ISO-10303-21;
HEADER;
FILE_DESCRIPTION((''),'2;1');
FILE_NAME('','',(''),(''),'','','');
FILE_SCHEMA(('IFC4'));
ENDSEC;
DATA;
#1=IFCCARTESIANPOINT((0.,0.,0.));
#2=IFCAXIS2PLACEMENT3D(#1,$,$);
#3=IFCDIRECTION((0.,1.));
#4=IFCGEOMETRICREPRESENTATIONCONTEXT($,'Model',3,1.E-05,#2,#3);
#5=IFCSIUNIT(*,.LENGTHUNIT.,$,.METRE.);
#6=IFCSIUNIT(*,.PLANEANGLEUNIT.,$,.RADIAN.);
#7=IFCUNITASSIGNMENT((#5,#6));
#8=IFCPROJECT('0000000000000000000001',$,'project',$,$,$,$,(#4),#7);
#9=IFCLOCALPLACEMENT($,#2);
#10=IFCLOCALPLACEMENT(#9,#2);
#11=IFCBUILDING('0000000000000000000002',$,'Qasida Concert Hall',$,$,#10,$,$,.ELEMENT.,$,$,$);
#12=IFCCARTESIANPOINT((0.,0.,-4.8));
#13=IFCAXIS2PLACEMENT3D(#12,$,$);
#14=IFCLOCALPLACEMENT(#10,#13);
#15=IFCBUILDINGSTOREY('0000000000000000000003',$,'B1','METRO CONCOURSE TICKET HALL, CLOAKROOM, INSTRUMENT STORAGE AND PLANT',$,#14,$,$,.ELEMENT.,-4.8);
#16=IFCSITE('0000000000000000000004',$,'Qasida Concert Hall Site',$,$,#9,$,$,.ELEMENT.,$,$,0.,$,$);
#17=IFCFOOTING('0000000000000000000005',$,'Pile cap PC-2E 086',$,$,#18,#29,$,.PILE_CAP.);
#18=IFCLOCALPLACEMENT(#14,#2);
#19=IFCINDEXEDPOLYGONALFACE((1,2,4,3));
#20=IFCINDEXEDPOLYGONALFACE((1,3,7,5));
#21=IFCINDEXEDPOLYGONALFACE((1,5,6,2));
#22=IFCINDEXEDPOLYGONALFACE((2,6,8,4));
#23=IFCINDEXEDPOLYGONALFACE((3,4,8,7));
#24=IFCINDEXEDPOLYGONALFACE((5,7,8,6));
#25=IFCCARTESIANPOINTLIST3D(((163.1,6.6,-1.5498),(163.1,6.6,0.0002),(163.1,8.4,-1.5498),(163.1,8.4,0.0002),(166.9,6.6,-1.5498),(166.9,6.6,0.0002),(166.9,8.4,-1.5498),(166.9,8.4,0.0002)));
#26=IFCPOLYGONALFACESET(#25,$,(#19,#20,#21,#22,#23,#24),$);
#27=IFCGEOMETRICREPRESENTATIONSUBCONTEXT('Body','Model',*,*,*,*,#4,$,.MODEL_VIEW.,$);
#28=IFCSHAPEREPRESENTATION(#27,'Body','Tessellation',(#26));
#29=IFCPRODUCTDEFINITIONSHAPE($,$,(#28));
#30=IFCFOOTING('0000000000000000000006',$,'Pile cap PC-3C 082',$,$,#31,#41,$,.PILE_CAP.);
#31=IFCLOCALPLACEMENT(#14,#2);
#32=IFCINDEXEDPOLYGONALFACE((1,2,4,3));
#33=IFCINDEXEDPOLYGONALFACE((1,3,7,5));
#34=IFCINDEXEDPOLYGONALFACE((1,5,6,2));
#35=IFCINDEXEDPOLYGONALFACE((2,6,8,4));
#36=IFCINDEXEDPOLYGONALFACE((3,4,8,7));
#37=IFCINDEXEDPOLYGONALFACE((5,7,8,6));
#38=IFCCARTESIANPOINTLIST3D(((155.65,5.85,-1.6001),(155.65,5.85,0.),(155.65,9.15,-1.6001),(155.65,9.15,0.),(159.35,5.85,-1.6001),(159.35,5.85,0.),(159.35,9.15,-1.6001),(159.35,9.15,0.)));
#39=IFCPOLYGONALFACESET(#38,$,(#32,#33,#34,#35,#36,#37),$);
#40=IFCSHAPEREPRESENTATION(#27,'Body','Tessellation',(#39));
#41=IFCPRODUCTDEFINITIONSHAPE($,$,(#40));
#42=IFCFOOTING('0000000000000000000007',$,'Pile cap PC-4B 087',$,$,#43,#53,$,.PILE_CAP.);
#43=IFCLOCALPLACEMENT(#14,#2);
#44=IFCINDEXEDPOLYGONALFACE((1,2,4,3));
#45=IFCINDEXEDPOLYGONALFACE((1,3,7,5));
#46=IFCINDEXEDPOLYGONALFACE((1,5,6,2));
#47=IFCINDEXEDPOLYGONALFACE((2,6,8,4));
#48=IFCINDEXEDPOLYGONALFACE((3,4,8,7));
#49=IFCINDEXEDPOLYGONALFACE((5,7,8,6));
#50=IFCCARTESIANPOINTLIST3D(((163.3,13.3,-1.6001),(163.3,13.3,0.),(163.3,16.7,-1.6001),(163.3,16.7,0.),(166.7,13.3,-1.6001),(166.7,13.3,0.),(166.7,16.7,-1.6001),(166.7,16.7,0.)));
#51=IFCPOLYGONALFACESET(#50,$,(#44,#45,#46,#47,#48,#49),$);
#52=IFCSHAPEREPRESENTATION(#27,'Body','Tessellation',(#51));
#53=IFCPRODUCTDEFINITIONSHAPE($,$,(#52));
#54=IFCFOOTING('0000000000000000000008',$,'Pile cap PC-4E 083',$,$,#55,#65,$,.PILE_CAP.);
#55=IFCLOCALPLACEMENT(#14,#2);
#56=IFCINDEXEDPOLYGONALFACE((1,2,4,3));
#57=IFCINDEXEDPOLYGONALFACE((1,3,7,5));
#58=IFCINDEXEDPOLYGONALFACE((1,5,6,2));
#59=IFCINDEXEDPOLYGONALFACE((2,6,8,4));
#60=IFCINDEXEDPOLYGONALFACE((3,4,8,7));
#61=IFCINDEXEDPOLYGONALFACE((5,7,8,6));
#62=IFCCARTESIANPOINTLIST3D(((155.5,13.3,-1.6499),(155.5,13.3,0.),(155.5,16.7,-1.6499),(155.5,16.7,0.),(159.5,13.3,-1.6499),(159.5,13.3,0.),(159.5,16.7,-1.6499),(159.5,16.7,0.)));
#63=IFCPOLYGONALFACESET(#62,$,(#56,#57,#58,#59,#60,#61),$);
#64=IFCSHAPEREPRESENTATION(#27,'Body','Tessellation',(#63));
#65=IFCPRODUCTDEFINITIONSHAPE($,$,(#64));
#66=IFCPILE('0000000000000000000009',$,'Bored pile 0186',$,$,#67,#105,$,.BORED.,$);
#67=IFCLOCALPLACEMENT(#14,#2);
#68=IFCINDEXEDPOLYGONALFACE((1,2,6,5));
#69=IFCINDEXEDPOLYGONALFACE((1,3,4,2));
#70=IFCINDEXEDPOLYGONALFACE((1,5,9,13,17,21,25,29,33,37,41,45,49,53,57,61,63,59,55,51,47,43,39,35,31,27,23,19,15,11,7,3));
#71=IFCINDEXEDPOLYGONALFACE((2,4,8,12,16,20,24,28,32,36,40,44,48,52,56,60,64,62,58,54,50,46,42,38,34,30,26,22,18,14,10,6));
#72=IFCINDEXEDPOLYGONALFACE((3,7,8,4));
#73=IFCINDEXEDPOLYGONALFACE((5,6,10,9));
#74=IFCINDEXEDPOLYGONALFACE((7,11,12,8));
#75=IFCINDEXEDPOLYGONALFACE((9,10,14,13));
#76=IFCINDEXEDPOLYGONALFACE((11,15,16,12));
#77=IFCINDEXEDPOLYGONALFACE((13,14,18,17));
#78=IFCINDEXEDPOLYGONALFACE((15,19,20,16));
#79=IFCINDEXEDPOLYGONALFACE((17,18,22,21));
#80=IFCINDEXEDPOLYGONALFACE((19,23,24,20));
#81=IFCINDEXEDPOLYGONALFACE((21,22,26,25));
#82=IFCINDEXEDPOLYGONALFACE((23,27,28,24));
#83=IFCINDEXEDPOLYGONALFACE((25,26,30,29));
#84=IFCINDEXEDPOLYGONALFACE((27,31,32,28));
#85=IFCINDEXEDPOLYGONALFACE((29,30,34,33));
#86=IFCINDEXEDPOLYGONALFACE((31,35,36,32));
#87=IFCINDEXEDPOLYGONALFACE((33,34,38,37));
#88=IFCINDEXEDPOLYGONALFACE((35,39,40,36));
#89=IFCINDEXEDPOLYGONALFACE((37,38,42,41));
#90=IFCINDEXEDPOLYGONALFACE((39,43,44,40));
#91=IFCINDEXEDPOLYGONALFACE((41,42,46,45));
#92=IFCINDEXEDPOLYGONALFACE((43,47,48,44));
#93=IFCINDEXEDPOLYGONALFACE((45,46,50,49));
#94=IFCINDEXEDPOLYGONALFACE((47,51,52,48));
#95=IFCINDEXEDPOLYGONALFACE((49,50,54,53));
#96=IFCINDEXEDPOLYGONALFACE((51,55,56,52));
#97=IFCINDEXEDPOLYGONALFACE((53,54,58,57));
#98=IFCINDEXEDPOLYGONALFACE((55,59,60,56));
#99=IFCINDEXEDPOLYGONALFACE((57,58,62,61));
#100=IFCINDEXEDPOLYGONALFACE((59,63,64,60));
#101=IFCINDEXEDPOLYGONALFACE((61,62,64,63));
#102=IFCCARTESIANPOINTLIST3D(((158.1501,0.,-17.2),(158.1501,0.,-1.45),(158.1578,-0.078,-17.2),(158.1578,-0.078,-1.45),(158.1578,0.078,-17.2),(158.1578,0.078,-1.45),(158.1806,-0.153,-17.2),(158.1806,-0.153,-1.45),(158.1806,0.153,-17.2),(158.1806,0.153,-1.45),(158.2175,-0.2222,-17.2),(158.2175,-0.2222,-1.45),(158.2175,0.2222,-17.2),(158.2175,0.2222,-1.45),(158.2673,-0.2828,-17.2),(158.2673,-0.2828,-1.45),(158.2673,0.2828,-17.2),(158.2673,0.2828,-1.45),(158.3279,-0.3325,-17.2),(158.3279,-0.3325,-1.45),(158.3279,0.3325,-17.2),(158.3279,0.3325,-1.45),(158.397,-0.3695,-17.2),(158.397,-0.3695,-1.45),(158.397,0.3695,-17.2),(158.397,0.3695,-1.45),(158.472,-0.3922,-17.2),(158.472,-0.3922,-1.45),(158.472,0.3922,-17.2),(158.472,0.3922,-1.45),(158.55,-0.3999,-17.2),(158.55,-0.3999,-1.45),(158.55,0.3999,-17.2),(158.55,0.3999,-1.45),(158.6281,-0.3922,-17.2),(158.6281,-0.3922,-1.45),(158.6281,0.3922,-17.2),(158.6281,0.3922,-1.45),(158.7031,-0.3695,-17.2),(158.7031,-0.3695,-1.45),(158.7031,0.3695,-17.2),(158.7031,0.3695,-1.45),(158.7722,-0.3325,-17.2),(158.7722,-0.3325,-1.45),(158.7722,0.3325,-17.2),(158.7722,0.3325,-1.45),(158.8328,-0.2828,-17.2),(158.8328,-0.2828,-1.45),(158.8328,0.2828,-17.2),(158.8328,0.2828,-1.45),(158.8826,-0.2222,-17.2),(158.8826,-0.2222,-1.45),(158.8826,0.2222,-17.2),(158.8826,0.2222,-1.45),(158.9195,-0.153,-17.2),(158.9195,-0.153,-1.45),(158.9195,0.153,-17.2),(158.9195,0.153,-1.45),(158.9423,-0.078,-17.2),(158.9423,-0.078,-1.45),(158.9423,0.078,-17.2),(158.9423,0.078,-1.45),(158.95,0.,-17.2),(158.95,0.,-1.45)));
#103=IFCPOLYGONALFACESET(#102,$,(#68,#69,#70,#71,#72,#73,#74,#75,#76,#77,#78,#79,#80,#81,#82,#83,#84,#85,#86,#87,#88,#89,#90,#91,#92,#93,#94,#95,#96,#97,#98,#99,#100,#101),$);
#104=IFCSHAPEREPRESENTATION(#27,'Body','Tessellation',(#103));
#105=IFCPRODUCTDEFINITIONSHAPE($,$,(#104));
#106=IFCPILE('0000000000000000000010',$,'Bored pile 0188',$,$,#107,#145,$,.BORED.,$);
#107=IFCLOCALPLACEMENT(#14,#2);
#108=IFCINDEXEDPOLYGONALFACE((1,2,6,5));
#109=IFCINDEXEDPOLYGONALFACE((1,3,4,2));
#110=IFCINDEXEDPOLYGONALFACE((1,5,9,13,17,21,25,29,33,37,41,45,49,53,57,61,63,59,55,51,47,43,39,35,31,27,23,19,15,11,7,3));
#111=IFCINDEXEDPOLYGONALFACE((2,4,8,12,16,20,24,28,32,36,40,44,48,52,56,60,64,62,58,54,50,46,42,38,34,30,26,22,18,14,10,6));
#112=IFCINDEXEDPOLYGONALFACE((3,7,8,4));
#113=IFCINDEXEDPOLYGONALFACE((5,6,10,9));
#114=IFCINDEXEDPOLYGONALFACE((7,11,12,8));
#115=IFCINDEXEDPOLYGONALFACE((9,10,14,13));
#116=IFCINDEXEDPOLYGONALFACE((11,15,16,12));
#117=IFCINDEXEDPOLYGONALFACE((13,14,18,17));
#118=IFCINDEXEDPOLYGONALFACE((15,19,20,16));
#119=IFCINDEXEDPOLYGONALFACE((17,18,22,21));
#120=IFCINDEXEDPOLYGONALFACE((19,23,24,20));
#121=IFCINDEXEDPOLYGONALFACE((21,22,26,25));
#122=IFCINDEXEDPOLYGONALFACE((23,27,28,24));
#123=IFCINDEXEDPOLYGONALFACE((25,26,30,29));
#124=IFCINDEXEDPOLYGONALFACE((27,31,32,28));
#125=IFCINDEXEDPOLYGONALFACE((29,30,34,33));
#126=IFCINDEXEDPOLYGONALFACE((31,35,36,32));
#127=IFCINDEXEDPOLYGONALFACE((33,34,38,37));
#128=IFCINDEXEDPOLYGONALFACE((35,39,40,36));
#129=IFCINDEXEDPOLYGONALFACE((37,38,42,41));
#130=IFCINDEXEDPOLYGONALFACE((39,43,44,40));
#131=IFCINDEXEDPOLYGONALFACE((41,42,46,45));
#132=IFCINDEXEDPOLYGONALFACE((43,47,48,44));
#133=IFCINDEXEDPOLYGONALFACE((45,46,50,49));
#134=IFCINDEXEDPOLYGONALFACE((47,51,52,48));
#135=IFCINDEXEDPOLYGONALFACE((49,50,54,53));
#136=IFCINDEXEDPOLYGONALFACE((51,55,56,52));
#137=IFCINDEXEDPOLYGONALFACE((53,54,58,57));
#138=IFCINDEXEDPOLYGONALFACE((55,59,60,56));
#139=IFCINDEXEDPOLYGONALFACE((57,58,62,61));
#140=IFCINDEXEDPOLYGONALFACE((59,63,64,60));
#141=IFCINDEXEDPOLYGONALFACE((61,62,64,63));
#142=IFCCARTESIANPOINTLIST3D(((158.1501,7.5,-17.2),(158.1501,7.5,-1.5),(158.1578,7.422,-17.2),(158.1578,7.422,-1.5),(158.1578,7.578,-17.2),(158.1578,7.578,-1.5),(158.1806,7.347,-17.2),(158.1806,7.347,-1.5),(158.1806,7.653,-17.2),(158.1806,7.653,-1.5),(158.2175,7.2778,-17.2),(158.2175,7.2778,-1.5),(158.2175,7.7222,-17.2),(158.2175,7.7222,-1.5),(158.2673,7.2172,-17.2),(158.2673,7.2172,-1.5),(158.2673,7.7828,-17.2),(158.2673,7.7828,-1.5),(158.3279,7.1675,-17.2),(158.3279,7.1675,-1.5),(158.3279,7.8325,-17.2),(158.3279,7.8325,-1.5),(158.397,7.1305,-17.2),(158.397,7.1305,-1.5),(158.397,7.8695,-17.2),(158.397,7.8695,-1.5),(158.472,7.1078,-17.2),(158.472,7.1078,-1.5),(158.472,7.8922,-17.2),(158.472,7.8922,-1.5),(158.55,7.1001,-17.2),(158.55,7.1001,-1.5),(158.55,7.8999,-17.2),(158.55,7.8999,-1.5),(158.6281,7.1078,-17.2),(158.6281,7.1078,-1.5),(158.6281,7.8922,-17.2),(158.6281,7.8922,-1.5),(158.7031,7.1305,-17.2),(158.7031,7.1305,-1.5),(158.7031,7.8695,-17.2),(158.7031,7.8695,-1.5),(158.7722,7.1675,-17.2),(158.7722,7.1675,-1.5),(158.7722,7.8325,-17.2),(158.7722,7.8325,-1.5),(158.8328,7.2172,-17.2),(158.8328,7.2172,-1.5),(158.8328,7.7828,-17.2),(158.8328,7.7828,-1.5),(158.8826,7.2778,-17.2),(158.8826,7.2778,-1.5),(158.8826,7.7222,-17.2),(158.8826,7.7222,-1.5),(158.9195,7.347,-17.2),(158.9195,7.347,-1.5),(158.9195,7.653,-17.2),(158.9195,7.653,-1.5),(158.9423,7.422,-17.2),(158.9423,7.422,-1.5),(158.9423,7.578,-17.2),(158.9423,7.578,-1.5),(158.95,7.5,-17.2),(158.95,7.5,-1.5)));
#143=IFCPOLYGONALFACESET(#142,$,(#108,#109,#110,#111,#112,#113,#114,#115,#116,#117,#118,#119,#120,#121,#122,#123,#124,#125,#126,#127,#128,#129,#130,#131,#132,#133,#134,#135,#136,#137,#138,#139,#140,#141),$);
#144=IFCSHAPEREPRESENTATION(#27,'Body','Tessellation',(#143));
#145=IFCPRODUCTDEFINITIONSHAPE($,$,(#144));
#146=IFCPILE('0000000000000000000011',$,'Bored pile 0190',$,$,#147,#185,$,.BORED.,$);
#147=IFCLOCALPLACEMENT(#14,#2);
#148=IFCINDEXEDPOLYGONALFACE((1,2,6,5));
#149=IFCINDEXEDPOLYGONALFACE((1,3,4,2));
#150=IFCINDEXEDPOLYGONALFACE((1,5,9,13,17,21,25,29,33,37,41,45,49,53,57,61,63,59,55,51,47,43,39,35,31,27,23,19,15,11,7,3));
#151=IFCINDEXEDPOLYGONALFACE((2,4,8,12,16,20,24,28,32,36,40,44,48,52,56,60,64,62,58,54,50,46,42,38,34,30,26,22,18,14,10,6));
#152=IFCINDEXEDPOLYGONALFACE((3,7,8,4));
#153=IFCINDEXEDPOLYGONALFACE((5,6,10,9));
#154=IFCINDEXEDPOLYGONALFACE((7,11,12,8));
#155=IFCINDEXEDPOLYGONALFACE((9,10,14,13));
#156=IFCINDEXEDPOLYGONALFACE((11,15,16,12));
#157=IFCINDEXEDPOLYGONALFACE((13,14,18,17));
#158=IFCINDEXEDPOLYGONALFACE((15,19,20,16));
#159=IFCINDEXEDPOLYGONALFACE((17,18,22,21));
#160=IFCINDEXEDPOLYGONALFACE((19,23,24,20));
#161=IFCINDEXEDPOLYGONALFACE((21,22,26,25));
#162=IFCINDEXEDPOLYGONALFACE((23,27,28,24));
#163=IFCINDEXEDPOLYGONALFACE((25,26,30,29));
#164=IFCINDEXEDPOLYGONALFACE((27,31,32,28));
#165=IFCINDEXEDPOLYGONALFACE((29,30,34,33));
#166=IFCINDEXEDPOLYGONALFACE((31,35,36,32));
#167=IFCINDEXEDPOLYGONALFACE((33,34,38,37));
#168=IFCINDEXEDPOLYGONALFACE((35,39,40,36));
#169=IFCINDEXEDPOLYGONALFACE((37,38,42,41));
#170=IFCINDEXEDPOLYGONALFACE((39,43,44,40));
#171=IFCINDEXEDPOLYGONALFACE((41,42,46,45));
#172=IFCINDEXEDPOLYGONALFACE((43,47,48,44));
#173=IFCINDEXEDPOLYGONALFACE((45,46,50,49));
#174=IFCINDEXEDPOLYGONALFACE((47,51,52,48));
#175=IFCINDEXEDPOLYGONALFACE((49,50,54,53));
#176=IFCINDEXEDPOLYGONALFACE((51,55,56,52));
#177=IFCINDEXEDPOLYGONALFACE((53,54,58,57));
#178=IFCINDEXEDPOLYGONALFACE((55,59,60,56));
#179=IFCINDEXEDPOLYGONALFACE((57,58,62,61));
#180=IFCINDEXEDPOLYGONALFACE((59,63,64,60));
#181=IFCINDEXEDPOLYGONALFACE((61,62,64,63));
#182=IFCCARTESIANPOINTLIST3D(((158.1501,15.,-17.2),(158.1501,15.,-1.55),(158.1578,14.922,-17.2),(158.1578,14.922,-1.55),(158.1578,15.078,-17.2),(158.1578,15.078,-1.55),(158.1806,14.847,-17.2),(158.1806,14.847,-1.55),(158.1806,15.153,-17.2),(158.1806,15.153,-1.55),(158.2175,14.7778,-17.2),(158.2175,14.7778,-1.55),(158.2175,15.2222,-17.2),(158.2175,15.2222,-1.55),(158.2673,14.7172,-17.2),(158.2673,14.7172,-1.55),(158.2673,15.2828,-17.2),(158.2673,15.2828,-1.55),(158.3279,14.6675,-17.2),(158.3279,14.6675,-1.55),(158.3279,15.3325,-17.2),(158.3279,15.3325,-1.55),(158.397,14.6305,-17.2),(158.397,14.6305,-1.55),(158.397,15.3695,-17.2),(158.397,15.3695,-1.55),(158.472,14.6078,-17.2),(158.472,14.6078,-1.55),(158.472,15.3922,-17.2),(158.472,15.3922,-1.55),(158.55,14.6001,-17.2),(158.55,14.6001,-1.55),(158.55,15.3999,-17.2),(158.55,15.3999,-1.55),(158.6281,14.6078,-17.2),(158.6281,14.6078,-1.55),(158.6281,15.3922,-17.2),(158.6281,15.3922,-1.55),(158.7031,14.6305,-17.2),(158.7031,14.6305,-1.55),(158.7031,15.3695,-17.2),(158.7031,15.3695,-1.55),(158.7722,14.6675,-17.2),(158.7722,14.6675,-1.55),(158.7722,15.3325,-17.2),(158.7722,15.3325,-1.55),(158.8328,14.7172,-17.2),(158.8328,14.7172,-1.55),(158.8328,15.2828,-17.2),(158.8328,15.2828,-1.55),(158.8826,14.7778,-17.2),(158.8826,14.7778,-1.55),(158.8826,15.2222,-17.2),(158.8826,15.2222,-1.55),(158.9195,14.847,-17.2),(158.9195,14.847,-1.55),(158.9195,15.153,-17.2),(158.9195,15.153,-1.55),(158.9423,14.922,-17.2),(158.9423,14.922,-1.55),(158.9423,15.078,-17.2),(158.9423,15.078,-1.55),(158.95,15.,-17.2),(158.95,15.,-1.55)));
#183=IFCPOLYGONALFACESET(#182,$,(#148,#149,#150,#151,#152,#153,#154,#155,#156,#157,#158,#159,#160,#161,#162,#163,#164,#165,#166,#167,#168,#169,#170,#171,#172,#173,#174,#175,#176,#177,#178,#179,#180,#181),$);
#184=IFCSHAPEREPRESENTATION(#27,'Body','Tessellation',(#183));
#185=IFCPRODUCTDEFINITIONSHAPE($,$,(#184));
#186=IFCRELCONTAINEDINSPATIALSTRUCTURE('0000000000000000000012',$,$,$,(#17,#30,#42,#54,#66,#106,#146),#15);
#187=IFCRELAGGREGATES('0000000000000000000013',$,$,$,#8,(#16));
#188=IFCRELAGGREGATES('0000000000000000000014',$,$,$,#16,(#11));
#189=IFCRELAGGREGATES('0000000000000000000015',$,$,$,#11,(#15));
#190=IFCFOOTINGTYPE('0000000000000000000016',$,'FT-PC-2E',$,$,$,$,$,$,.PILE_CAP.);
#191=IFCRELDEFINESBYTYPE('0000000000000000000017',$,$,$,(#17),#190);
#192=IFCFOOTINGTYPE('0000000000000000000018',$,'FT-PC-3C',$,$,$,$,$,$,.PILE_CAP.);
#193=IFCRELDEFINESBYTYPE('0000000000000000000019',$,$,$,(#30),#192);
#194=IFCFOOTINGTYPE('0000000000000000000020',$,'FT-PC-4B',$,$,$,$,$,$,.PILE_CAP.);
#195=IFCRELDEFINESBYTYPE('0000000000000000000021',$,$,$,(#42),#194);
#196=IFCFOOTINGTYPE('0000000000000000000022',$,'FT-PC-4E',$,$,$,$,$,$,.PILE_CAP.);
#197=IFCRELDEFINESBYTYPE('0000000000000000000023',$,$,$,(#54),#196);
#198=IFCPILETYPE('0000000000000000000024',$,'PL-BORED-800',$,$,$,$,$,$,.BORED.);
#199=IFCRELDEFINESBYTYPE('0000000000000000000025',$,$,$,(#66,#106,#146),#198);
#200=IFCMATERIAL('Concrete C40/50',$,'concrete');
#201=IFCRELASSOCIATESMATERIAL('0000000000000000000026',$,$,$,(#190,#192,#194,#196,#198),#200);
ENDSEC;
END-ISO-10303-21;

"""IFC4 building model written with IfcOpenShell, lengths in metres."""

from ifc_helpers import new_model, si_unit, direction, frame, origin, origin_2d, place, context, subcontext, project, spatial, rectangle, circle, extrude, material, material_profile, profile_set, type_object, element, save


model = new_model("IFC4")

# Units and contexts
model_context = context("Model", 3, precision=1e-05, world=origin(), true_north=direction((0.0, 1.0)))
body_context = subcontext(model_context, "Body", "Model", "MODEL_VIEW")
ifc_project = project(units=[si_unit("LENGTHUNIT", "METRE"), si_unit("PLANEANGLEUNIT", "RADIAN")], contexts=[model_context])

# Site, building, storey
site_placement = place(None, origin())
site = spatial("IfcSite", under=ifc_project, at=site_placement, Name="Qasida Concert Hall Site", CompositionType="ELEMENT", RefElevation=0.0)
building_placement = place(site_placement, origin())
building = spatial("IfcBuilding", under=site, at=building_placement, Name="Qasida Concert Hall", CompositionType="ELEMENT")
storey_placement = place(building_placement, frame((0.0, 0.0, -4.8)))
storey = spatial("IfcBuildingStorey", under=building, at=storey_placement, Name="B1", Description="METRO CONCOURSE TICKET HALL, CLOAKROOM, INSTRUMENT STORAGE AND PLANT", CompositionType="ELEMENT", Elevation=-4.8)

# Footings
ifc_material_1 = material(Name="Concrete C40/50", Category="concrete")
footing_type_1 = type_object("IfcFootingType", Name="FT-PC-2E", PredefinedType="PILE_CAP", material=ifc_material_1)
footing_1_placement = place(storey_placement, frame((165.0, 7.5, -1.5498), z_axis=(0.0, 0.0, 1.0), x_axis=(1.0, 0.0, 0.0)))
element("IfcFooting", 1, at=footing_1_placement, inside=storey, type_object=footing_type_1, Name="Pile cap PC-2E 086", PredefinedType="PILE_CAP", context=body_context, shape_type="SweptSolid", body=[
    extrude(rectangle(XDim=3.8, YDim=1.8, at=origin_2d()), origin(), (0.0, 0.0, 1.0), 1.55),
])
footing_type_2 = type_object("IfcFootingType", Name="FT-PC-3C", PredefinedType="PILE_CAP", material=ifc_material_1)
footing_2_placement = place(storey_placement, frame((157.5, 7.5, -1.6001), z_axis=(0.0, 0.0, 1.0), x_axis=(1.0, 0.0, 0.0)))
element("IfcFooting", 2, at=footing_2_placement, inside=storey, type_object=footing_type_2, Name="Pile cap PC-3C 082", PredefinedType="PILE_CAP", context=body_context, shape_type="SweptSolid", body=[
    extrude(rectangle(XDim=3.7, YDim=3.3, at=origin_2d()), origin(), (0.0, 0.0, 1.0), 1.6001),
])
footing_type_3 = type_object("IfcFootingType", Name="FT-PC-4B", PredefinedType="PILE_CAP", material=ifc_material_1)
footing_3_placement = place(storey_placement, frame((165.0, 15.0, -1.6001), z_axis=(0.0, 0.0, 1.0), x_axis=(1.0, 0.0, 0.0)))
element("IfcFooting", 3, at=footing_3_placement, inside=storey, type_object=footing_type_3, Name="Pile cap PC-4B 087", PredefinedType="PILE_CAP", context=body_context, shape_type="SweptSolid", body=[
    extrude(rectangle(XDim=3.3999, YDim=3.3999, at=origin_2d()), origin(), (0.0, 0.0, 1.0), 1.6001),
])
footing_type_4 = type_object("IfcFootingType", Name="FT-PC-4E", PredefinedType="PILE_CAP", material=ifc_material_1)
footing_4_placement = place(storey_placement, frame((157.5, 15.0, -1.6499), z_axis=(0.0, 0.0, 1.0), x_axis=(1.0, 0.0, 0.0)))
element("IfcFooting", 4, at=footing_4_placement, inside=storey, type_object=footing_type_4, Name="Pile cap PC-4E 083", PredefinedType="PILE_CAP", context=body_context, shape_type="SweptSolid", body=[
    extrude(rectangle(XDim=4.0, YDim=3.3999, at=origin_2d()), origin(), (0.0, 0.0, 1.0), 1.6499),
])

# Piles
ifc_material_profile_1 = material_profile(ifc_material_1, circle(Radius=0.3999, at=origin_2d()), Name="BORED PILE D800")
ifc_profile_set_1 = profile_set([ifc_material_profile_1], Name="Concrete C40/50")
pile_type = type_object("IfcPileType", Name="PL-BORED-800", PredefinedType="BORED", material=ifc_profile_set_1)
pile_1_placement = place(storey_placement, frame((158.55, 0.0, -1.45), z_axis=(0.0, 0.0, -1.0), x_axis=(1.0, 0.0, 0.0)))
element("IfcPile", 5, at=pile_1_placement, inside=storey, type_object=pile_type, Name="Bored pile 0186", PredefinedType="BORED", context=body_context, shape_type="SweptSolid", body=[
    extrude(circle(Radius=0.3999, at=origin_2d()), origin(), (0.0, 0.0, 1.0), 15.75),
])
pile_2_placement = place(storey_placement, frame((158.55, 7.5, -1.5), z_axis=(0.0, 0.0, -1.0), x_axis=(1.0, 0.0, 0.0)))
element("IfcPile", 6, at=pile_2_placement, inside=storey, type_object=pile_type, Name="Bored pile 0188", PredefinedType="BORED", context=body_context, shape_type="SweptSolid", body=[
    extrude(circle(Radius=0.3999, at=origin_2d()), origin(), (0.0, 0.0, 1.0), 15.7),
])
pile_3_placement = place(storey_placement, frame((158.55, 15.0, -1.55), z_axis=(0.0, 0.0, -1.0), x_axis=(1.0, 0.0, 0.0)))
element("IfcPile", 7, at=pile_3_placement, inside=storey, type_object=pile_type, Name="Bored pile 0190", PredefinedType="BORED", context=body_context, shape_type="SweptSolid", body=[
    extrude(circle(Radius=0.3999, at=origin_2d()), origin(), (0.0, 0.0, 1.0), 15.6499),
])

save(model, "model.ifc")
